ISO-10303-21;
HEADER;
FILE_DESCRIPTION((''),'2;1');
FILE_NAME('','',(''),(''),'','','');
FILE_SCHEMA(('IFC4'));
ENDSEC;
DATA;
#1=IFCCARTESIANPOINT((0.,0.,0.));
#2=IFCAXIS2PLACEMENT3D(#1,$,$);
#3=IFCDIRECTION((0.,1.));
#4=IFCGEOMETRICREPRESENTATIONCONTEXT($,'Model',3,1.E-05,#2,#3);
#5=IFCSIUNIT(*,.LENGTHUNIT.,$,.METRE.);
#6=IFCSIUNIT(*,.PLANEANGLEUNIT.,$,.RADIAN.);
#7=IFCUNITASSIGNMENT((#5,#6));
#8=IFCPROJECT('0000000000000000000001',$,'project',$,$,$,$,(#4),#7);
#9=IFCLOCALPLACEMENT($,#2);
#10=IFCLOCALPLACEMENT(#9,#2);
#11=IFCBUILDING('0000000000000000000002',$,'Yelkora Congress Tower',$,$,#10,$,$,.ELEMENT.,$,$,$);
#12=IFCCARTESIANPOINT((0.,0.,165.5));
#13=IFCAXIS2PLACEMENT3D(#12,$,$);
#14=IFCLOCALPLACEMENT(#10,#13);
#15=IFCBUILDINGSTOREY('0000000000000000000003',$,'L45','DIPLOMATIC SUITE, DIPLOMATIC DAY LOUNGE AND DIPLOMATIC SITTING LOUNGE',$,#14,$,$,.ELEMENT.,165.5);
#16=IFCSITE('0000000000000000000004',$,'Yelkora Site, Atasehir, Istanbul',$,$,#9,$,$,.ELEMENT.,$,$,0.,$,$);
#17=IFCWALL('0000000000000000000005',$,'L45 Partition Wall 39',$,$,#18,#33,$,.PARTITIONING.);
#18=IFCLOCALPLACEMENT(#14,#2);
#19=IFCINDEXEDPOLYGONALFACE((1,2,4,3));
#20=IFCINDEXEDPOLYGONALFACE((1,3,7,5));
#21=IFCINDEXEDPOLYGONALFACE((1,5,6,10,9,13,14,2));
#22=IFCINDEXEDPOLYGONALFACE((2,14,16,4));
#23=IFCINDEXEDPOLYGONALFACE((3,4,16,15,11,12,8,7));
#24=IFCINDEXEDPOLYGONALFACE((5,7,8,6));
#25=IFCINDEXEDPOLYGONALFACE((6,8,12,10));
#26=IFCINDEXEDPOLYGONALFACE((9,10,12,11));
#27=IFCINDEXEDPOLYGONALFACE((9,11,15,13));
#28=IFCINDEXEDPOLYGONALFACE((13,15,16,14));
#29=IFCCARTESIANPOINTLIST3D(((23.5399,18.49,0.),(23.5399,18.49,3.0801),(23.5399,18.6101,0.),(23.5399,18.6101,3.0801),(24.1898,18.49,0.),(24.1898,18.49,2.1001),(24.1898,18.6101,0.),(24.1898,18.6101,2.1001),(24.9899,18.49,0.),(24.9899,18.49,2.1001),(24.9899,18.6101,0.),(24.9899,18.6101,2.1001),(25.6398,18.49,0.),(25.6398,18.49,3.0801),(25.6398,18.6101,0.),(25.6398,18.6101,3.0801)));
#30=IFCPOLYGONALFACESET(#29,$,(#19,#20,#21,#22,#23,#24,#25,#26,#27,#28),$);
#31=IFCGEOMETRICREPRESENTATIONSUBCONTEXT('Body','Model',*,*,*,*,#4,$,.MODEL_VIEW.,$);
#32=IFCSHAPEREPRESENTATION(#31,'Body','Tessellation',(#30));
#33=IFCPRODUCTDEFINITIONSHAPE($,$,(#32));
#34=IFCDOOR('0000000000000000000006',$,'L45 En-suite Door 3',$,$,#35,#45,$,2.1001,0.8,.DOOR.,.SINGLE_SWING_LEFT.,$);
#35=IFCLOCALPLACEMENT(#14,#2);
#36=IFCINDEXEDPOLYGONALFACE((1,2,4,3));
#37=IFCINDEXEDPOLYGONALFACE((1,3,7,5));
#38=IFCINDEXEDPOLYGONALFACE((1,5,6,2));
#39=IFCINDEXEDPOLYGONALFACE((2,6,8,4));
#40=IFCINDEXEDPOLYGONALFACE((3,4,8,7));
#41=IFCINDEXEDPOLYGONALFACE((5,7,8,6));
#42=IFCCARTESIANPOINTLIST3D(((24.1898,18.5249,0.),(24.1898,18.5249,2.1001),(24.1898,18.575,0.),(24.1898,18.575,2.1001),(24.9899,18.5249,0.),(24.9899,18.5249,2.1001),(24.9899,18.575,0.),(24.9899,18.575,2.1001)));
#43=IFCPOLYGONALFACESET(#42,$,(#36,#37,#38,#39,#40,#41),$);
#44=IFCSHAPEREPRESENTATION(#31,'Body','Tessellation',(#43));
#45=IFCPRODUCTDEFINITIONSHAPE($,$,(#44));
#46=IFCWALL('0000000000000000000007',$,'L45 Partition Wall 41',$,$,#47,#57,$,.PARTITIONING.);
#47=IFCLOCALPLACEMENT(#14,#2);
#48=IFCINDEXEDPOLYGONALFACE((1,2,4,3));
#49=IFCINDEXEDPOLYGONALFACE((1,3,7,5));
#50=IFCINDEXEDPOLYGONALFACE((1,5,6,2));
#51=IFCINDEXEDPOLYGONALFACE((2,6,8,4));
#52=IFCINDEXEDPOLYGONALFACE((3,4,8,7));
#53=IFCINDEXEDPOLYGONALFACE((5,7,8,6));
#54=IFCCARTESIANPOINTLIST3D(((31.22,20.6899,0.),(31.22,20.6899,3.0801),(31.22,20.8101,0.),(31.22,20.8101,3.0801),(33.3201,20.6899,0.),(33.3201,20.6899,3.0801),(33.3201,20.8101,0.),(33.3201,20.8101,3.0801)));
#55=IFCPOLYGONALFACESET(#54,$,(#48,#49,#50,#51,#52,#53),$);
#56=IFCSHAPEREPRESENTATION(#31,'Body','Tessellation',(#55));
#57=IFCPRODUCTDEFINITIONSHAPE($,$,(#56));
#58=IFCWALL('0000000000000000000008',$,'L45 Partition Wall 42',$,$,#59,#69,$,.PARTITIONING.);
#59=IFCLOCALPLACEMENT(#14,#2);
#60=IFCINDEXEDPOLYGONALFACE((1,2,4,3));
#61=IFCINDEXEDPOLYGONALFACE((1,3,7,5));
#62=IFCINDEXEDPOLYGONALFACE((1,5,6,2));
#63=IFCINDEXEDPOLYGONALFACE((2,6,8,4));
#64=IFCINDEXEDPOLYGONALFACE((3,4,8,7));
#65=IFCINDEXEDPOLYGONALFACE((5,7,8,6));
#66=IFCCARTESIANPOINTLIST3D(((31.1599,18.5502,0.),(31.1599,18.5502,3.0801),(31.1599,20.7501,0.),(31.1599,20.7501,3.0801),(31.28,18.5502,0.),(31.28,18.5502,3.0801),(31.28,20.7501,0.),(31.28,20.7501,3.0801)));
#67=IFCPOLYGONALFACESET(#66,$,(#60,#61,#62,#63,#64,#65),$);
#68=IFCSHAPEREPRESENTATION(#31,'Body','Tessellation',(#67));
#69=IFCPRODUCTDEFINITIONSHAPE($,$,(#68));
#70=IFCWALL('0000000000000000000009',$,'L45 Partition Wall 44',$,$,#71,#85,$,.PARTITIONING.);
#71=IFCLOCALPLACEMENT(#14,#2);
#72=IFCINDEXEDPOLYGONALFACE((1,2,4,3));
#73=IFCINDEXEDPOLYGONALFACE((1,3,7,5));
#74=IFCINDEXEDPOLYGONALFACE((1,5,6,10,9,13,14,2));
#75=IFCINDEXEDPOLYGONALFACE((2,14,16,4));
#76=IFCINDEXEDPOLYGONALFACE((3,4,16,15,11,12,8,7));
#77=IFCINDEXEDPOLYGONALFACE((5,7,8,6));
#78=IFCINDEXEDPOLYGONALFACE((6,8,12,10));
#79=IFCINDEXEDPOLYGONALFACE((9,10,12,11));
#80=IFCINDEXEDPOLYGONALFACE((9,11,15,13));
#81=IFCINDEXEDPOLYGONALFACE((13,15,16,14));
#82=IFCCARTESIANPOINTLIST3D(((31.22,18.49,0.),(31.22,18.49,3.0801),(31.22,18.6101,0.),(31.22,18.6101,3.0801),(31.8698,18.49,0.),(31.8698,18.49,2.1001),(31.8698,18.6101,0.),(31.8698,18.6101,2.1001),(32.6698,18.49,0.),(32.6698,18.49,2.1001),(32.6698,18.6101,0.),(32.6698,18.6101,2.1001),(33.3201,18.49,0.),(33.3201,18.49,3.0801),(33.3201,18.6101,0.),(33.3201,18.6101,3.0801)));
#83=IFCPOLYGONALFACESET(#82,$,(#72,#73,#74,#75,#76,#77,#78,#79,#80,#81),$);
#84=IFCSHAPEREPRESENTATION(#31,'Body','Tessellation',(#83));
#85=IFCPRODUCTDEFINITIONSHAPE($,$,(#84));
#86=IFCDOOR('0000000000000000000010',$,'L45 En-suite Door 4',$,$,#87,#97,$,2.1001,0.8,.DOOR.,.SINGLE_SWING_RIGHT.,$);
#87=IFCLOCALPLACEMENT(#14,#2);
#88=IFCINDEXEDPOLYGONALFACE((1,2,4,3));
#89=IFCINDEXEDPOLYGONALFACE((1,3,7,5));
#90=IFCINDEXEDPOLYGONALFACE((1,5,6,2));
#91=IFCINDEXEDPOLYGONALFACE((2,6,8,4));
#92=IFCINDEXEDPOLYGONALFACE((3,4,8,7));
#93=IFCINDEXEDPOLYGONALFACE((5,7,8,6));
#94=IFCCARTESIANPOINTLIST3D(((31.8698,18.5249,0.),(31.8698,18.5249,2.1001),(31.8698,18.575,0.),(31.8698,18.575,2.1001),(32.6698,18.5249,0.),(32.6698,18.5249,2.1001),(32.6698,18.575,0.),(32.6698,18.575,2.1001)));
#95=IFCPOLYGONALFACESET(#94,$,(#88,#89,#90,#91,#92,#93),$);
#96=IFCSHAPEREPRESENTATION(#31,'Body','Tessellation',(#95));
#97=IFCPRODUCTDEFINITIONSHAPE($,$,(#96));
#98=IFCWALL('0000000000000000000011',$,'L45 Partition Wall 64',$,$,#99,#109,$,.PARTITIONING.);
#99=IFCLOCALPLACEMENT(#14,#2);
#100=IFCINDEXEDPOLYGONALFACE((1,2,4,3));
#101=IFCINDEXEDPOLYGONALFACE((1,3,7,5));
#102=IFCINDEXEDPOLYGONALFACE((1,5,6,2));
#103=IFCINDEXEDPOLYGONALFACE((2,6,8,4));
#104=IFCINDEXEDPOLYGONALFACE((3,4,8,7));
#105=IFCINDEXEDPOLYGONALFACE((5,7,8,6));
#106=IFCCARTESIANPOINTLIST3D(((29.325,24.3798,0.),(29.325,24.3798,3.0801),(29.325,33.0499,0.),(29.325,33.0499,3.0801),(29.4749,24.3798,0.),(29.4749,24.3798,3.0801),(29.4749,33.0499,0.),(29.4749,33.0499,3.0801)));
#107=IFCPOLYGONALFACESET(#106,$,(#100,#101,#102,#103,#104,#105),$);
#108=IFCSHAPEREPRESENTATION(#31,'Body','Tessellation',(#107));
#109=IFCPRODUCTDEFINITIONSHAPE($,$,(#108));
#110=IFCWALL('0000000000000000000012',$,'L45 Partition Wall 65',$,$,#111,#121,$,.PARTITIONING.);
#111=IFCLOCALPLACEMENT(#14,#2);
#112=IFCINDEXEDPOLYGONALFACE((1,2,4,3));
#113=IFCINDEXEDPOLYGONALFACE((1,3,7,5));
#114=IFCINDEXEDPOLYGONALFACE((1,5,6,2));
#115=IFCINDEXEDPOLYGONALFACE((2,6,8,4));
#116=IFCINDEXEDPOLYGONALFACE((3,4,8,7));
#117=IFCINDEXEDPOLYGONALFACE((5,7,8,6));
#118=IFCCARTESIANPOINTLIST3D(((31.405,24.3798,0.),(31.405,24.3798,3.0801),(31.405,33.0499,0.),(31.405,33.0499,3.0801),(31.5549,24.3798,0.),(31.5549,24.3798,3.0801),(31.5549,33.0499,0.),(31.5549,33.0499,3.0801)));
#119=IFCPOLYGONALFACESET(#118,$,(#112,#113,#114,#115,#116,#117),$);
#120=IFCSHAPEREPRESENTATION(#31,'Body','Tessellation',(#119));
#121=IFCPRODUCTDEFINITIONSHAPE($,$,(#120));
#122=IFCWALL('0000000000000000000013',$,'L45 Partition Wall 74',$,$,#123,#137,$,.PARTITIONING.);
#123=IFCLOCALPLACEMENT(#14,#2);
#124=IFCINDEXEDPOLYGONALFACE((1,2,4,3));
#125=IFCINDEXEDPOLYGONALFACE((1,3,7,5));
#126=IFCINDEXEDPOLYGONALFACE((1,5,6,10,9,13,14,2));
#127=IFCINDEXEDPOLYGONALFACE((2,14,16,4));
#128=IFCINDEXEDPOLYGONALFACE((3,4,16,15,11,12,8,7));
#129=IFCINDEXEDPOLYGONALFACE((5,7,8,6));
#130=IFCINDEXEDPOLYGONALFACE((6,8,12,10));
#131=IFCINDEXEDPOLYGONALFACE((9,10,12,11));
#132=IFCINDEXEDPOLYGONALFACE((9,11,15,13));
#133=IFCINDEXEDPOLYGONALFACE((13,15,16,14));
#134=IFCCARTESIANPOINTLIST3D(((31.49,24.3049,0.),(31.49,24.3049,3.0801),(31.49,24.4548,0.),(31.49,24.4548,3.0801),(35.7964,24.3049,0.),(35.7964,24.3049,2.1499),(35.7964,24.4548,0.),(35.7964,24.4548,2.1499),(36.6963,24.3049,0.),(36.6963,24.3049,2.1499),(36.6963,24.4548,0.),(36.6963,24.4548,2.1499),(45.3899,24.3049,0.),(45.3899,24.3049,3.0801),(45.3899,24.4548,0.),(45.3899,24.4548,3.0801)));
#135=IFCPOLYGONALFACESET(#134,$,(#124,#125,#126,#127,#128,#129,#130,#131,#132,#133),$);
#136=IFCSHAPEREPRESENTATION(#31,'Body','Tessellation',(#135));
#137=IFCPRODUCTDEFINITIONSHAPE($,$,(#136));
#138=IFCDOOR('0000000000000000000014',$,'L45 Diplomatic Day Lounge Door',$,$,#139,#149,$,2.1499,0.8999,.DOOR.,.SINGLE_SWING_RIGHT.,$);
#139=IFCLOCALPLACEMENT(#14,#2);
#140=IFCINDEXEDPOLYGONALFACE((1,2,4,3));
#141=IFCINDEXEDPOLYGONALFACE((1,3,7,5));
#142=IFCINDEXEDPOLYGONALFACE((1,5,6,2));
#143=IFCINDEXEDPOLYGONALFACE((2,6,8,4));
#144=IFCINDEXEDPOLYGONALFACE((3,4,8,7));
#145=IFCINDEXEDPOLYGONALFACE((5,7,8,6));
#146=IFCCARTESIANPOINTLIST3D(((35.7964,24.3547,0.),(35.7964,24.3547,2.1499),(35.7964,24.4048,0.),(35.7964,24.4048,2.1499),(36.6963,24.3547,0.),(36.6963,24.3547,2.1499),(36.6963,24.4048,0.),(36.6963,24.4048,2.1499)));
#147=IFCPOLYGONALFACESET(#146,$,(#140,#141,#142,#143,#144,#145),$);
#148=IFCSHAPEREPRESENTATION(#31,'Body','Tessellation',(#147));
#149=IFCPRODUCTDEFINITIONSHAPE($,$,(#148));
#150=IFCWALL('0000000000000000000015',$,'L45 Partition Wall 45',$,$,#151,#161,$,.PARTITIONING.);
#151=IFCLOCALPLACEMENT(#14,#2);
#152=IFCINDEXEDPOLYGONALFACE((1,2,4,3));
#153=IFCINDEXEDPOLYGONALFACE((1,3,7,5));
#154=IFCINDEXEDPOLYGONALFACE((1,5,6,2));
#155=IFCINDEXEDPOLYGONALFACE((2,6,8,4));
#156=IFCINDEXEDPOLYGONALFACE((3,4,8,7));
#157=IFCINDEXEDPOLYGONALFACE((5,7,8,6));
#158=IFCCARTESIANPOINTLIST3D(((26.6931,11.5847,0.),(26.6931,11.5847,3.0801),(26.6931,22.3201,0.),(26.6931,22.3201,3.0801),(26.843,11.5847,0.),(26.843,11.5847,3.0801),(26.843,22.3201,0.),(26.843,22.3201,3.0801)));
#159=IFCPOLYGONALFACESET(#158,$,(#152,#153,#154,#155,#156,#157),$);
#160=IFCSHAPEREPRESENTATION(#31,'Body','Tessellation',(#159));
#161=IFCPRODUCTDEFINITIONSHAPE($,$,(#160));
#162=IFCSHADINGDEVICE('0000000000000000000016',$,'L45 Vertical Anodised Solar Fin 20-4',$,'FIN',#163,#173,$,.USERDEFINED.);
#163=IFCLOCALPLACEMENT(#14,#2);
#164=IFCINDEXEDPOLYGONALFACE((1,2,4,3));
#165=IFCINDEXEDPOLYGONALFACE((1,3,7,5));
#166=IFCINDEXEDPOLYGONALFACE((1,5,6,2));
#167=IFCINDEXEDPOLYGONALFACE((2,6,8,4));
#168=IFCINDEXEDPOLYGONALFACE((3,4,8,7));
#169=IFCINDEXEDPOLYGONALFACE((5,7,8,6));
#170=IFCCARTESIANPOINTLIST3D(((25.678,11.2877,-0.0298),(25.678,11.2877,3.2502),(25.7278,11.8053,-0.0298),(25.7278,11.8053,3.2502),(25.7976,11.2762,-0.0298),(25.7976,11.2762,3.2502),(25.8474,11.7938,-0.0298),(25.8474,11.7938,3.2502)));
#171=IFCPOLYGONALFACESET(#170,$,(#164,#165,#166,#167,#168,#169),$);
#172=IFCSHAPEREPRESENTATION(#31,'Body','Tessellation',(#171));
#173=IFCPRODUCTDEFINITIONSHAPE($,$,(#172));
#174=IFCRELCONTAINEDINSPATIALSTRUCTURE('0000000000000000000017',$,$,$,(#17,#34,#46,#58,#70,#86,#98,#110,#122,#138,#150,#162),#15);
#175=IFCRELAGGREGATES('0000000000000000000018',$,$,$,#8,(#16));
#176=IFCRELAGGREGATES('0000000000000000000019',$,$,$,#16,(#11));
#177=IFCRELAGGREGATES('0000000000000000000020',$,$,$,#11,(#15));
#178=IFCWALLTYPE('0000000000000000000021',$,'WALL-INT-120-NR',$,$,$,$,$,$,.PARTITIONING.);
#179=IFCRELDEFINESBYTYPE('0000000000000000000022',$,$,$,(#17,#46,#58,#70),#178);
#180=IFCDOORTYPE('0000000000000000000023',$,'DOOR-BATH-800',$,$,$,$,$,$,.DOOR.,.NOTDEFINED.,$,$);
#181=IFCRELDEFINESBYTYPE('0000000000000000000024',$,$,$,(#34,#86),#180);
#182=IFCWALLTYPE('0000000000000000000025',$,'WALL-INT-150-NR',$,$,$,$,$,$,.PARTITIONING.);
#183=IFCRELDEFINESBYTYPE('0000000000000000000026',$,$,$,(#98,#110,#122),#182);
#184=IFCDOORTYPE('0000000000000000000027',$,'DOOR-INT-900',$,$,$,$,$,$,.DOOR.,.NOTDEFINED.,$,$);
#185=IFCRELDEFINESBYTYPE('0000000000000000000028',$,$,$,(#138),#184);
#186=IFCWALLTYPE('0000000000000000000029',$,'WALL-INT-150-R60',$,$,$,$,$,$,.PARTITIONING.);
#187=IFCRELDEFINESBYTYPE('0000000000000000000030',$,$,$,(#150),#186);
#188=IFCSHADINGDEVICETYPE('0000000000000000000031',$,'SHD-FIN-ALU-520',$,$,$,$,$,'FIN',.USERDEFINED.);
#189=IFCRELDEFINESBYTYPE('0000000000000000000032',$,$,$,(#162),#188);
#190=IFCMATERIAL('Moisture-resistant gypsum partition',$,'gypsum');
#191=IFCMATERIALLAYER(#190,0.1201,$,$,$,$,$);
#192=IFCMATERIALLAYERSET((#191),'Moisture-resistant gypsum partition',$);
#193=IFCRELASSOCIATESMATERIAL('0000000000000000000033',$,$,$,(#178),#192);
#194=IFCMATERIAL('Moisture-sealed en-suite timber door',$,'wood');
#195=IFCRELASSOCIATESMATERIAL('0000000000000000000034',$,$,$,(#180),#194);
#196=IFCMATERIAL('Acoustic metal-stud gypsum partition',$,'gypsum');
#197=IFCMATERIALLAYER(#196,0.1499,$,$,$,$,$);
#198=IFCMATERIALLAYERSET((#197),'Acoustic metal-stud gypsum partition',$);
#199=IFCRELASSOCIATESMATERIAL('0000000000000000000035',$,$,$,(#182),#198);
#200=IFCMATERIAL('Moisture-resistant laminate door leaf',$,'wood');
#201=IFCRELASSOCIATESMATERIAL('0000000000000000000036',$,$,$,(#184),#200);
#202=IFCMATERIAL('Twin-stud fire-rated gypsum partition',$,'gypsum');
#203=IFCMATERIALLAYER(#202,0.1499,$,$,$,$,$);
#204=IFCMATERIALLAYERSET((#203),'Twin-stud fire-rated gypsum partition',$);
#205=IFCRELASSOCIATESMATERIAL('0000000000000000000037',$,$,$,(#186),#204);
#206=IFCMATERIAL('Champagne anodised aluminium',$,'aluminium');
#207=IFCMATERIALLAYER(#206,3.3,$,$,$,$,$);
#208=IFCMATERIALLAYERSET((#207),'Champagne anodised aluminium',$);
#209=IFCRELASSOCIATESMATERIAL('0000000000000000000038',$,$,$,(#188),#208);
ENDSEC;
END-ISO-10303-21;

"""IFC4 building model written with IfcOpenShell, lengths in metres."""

from ifc_helpers import new_model, si_unit, direction, frame, frame_2d, origin, origin_2d, place, context, subcontext, project, spatial, rectangle, extrude, material, layer, layer_set, type_object, element, fill, save


model = new_model("IFC4")

# Units and contexts
model_context = context("Model", 3, precision=1e-05, world=origin(), true_north=direction((0.0, 1.0)))
body_context = subcontext(model_context, "Body", "Model", "MODEL_VIEW")
ifc_project = project(units=[si_unit("LENGTHUNIT", "METRE"), si_unit("PLANEANGLEUNIT", "RADIAN")], contexts=[model_context])

# Site, building, storey
site_placement = place(None, origin())
site = spatial("IfcSite", under=ifc_project, at=site_placement, Name="Yelkora Site, Atasehir, Istanbul", CompositionType="ELEMENT", RefElevation=0.0)
building_placement = place(site_placement, origin())
building = spatial("IfcBuilding", under=site, at=building_placement, Name="Yelkora Congress Tower", CompositionType="ELEMENT")
storey_placement = place(building_placement, frame((0.0, 0.0, 165.5)))
storey = spatial("IfcBuildingStorey", under=building, at=storey_placement, Name="L45", Description="DIPLOMATIC SUITE, DIPLOMATIC DAY LOUNGE AND DIPLOMATIC SITTING LOUNGE", CompositionType="ELEMENT", Elevation=165.5)

# Shared definitions
ifc_material_1 = material(Name="Moisture-resistant gypsum partition", Category="gypsum")
ifc_layer_1 = layer(ifc_material_1, 0.1201)
ifc_layer_set_1 = layer_set([ifc_layer_1], Name="Moisture-resistant gypsum partition")
wall_type_1 = type_object("IfcWallType", Name="WALL-INT-120-NR", PredefinedType="PARTITIONING", material=ifc_layer_set_1)

# Wall, opening, door
wall_1_placement = place(storey_placement, frame((23.54, 18.55, 0.0), z_axis=(0.0, 0.0, 1.0), x_axis=(1.0, 0.0, 0.0)))
wall_1 = element("IfcWall", 1, at=wall_1_placement, inside=storey, type_object=wall_type_1, Name="L45 Partition Wall 39", PredefinedType="PARTITIONING", context=body_context, shape_type="SweptSolid", body=[
    extrude(rectangle(XDim=2.0999, YDim=0.1201, at=frame_2d((1.0498, 0.0))), origin(), (0.0, 0.0, 1.0), 3.0801),
])
opening_1_placement = place(wall_1_placement, frame((0.6499, 0.0, 0.0)))
opening_1 = element("IfcOpeningElement", 2, at=opening_1_placement, cuts=wall_1, PredefinedType="OPENING", context=body_context, shape_type="SweptSolid", body=[
    extrude(rectangle(XDim=0.8, YDim=2.1001, at=frame_2d((0.3999, 1.05))), frame((0.0, 0.0701, 0.0), z_axis=(0.0, -1.0, 0.0), x_axis=(1.0, 0.0, 0.0)), (0.0, 0.0, 1.0), 0.1401),
])
ifc_material_2 = material(Name="Moisture-sealed en-suite timber door", Category="wood")
door_type_1 = type_object("IfcDoorType", Name="DOOR-BATH-800", OperationType="NOTDEFINED", PredefinedType="DOOR", material=ifc_material_2)
door_1_placement = place(opening_1_placement, origin())
door_1 = element("IfcDoor", 3, at=door_1_placement, inside=storey, type_object=door_type_1, Name="L45 En-suite Door 3", OperationType="SINGLE_SWING_LEFT", OverallHeight=2.1001, OverallWidth=0.8, PredefinedType="DOOR", context=body_context, shape_type="SweptSolid", body=[
    extrude(rectangle(XDim=0.8, YDim=2.1001, at=frame_2d((0.3999, 1.05))), frame((0.0, 0.0249, 0.0), z_axis=(0.0, -1.0, 0.0), x_axis=(1.0, 0.0, 0.0)), (0.0, 0.0, 1.0), 0.05),
])
fill(opening_1, door_1)

# Walls
wall_2_placement = place(storey_placement, frame((31.22, 20.75, 0.0), z_axis=(0.0, 0.0, 1.0), x_axis=(1.0, 0.0, 0.0)))
element("IfcWall", 4, at=wall_2_placement, inside=storey, type_object=wall_type_1, Name="L45 Partition Wall 41", PredefinedType="PARTITIONING", context=body_context, shape_type="SweptSolid", body=[
    extrude(rectangle(XDim=2.1001, YDim=0.1201, at=frame_2d((1.05, 0.0))), origin(), (0.0, 0.0, 1.0), 3.0801),
])
wall_3_placement = place(storey_placement, frame((31.22, 18.55, 0.0), z_axis=(0.0, 0.0, 1.0), x_axis=(0.0, 1.0, 0.0)))
element("IfcWall", 5, at=wall_3_placement, inside=storey, type_object=wall_type_1, Name="L45 Partition Wall 42", PredefinedType="PARTITIONING", context=body_context, shape_type="SweptSolid", body=[
    extrude(rectangle(XDim=2.2, YDim=0.1201, at=frame_2d((1.1001, 0.0))), origin(), (0.0, 0.0, 1.0), 3.0801),
])

# Wall, opening, door
wall_4_placement = place(storey_placement, frame((31.22, 18.55, 0.0), z_axis=(0.0, 0.0, 1.0), x_axis=(1.0, 0.0, 0.0)))
wall_4 = element("IfcWall", 6, at=wall_4_placement, inside=storey, type_object=wall_type_1, Name="L45 Partition Wall 44", PredefinedType="PARTITIONING", context=body_context, shape_type="SweptSolid", body=[
    extrude(rectangle(XDim=2.1001, YDim=0.1201, at=frame_2d((1.05, 0.0))), origin(), (0.0, 0.0, 1.0), 3.0801),
])
opening_2_placement = place(wall_4_placement, frame((0.6499, 0.0, 0.0)))
opening_2 = element("IfcOpeningElement", 7, at=opening_2_placement, cuts=wall_4, PredefinedType="OPENING", context=body_context, shape_type="SweptSolid", body=[
    extrude(rectangle(XDim=0.8, YDim=2.1001, at=frame_2d((0.3999, 1.05))), frame((0.0, 0.0701, 0.0), z_axis=(0.0, -1.0, 0.0), x_axis=(1.0, 0.0, 0.0)), (0.0, 0.0, 1.0), 0.1401),
])
door_2_placement = place(opening_2_placement, origin())
door_2 = element("IfcDoor", 8, at=door_2_placement, inside=storey, type_object=door_type_1, Name="L45 En-suite Door 4", OperationType="SINGLE_SWING_RIGHT", OverallHeight=2.1001, OverallWidth=0.8, PredefinedType="DOOR", context=body_context, shape_type="SweptSolid", body=[
    extrude(rectangle(XDim=0.8, YDim=2.1001, at=frame_2d((0.3999, 1.05))), frame((0.0, 0.0249, 0.0), z_axis=(0.0, -1.0, 0.0), x_axis=(1.0, 0.0, 0.0)), (0.0, 0.0, 1.0), 0.05),
])
fill(opening_2, door_2)

# Walls
ifc_material_3 = material(Name="Acoustic metal-stud gypsum partition", Category="gypsum")
ifc_layer_2 = layer(ifc_material_3, 0.1499)
ifc_layer_set_2 = layer_set([ifc_layer_2], Name="Acoustic metal-stud gypsum partition")
wall_type_2 = type_object("IfcWallType", Name="WALL-INT-150-NR", PredefinedType="PARTITIONING", material=ifc_layer_set_2)
for number, where, z_axis, x_axis, name in (
    (9, (29.3999, 24.3799, 0.0), (0.0, 0.0, 1.0), (0.0, 1.0, 0.0), "L45 Partition Wall 64"),
    (10, (31.48, 24.3799, 0.0), (0.0, 0.0, 1.0), (0.0, 1.0, 0.0), "L45 Partition Wall 65"),
):
    element("IfcWall", number, at=place(storey_placement, frame(where, z_axis=z_axis, x_axis=x_axis)), inside=storey, type_object=wall_type_2, Name=name, PredefinedType="PARTITIONING", context=body_context, shape_type="SweptSolid", body=[
        extrude(rectangle(XDim=8.6702, YDim=0.1499, at=frame_2d((4.335, 0.0))), origin(), (0.0, 0.0, 1.0), 3.0801),
    ])

# Wall, opening, door
wall_5_placement = place(storey_placement, frame((31.49, 24.3799, 0.0), z_axis=(0.0, 0.0, 1.0), x_axis=(1.0, 0.0, 0.0)))
wall_5 = element("IfcWall", 11, at=wall_5_placement, inside=storey, type_object=wall_type_2, Name="L45 Partition Wall 74", PredefinedType="PARTITIONING", context=body_context, shape_type="SweptSolid", body=[
    extrude(rectangle(XDim=13.8999, YDim=0.1499, at=frame_2d((6.95, 0.0))), origin(), (0.0, 0.0, 1.0), 3.0801),
])
opening_3_placement = place(wall_5_placement, frame((4.3064, 0.0, 0.0)))
opening_3 = element("IfcOpeningElement", 12, at=opening_3_placement, cuts=wall_5, PredefinedType="OPENING", context=body_context, shape_type="SweptSolid", body=[
    extrude(rectangle(XDim=0.8999, YDim=2.1499, at=frame_2d((0.45, 1.075))), frame((0.0, 0.085, 0.0), z_axis=(0.0, -1.0, 0.0), x_axis=(1.0, 0.0, 0.0)), (0.0, 0.0, 1.0), 0.1699),
])
ifc_material_4 = material(Name="Moisture-resistant laminate door leaf", Category="wood")
door_type_2 = type_object("IfcDoorType", Name="DOOR-INT-900", OperationType="NOTDEFINED", PredefinedType="DOOR", material=ifc_material_4)
door_3_placement = place(opening_3_placement, origin())
door_3 = element("IfcDoor", 13, at=door_3_placement, inside=storey, type_object=door_type_2, Name="L45 Diplomatic Day Lounge Door", OperationType="SINGLE_SWING_RIGHT", OverallHeight=2.1499, OverallWidth=0.8999, PredefinedType="DOOR", context=body_context, shape_type="SweptSolid", body=[
    extrude(rectangle(XDim=0.8999, YDim=2.1499, at=frame_2d((0.45, 1.075))), frame((0.0, 0.0249, 0.0), z_axis=(0.0, -1.0, 0.0), x_axis=(1.0, 0.0, 0.0)), (0.0, 0.0, 1.0), 0.05),
])
fill(opening_3, door_3)

# Wall
ifc_material_5 = material(Name="Twin-stud fire-rated gypsum partition", Category="gypsum")
ifc_layer_3 = layer(ifc_material_5, 0.1499)
ifc_layer_set_3 = layer_set([ifc_layer_3], Name="Twin-stud fire-rated gypsum partition")
wall_type_3 = type_object("IfcWallType", Name="WALL-INT-150-R60", PredefinedType="PARTITIONING", material=ifc_layer_set_3)
wall_6_placement = place(storey_placement, frame((26.7681, 11.5847, 0.0), z_axis=(0.0, 0.0, 1.0), x_axis=(0.0, 1.0, 0.0)))
element("IfcWall", 14, at=wall_6_placement, inside=storey, type_object=wall_type_3, Name="L45 Partition Wall 45", PredefinedType="PARTITIONING", context=body_context, shape_type="SweptSolid", body=[
    extrude(rectangle(XDim=10.7354, YDim=0.1499, at=frame_2d((5.3677, 0.0))), origin(), (0.0, 0.0, 1.0), 3.0801),
])

# Shading device
ifc_material_6 = material(Name="Champagne anodised aluminium", Category="aluminium")
ifc_layer_4 = layer(ifc_material_6, 3.3)
ifc_layer_set_4 = layer_set([ifc_layer_4], Name="Champagne anodised aluminium")
shading_device_type = type_object("IfcShadingDeviceType", Name="SHD-FIN-ALU-520", ElementType="FIN", PredefinedType="USERDEFINED", material=ifc_layer_set_4)
shading_device_placement = place(storey_placement, frame((25.7627, 11.5408, -0.0298), z_axis=(0.0, 0.0, 1.0), x_axis=(-0.995396, 0.095846, 0.0)))
element("IfcShadingDevice", 15, at=shading_device_placement, inside=storey, type_object=shading_device_type, Name="L45 Vertical Anodised Solar Fin 20-4", ObjectType="FIN", PredefinedType="USERDEFINED", context=body_context, shape_type="SweptSolid", body=[
    extrude(rectangle(XDim=0.1201, YDim=0.52, at=origin_2d()), origin(), (0.0, 0.0, 1.0), 3.28),
])

save(model, "model.ifc")
